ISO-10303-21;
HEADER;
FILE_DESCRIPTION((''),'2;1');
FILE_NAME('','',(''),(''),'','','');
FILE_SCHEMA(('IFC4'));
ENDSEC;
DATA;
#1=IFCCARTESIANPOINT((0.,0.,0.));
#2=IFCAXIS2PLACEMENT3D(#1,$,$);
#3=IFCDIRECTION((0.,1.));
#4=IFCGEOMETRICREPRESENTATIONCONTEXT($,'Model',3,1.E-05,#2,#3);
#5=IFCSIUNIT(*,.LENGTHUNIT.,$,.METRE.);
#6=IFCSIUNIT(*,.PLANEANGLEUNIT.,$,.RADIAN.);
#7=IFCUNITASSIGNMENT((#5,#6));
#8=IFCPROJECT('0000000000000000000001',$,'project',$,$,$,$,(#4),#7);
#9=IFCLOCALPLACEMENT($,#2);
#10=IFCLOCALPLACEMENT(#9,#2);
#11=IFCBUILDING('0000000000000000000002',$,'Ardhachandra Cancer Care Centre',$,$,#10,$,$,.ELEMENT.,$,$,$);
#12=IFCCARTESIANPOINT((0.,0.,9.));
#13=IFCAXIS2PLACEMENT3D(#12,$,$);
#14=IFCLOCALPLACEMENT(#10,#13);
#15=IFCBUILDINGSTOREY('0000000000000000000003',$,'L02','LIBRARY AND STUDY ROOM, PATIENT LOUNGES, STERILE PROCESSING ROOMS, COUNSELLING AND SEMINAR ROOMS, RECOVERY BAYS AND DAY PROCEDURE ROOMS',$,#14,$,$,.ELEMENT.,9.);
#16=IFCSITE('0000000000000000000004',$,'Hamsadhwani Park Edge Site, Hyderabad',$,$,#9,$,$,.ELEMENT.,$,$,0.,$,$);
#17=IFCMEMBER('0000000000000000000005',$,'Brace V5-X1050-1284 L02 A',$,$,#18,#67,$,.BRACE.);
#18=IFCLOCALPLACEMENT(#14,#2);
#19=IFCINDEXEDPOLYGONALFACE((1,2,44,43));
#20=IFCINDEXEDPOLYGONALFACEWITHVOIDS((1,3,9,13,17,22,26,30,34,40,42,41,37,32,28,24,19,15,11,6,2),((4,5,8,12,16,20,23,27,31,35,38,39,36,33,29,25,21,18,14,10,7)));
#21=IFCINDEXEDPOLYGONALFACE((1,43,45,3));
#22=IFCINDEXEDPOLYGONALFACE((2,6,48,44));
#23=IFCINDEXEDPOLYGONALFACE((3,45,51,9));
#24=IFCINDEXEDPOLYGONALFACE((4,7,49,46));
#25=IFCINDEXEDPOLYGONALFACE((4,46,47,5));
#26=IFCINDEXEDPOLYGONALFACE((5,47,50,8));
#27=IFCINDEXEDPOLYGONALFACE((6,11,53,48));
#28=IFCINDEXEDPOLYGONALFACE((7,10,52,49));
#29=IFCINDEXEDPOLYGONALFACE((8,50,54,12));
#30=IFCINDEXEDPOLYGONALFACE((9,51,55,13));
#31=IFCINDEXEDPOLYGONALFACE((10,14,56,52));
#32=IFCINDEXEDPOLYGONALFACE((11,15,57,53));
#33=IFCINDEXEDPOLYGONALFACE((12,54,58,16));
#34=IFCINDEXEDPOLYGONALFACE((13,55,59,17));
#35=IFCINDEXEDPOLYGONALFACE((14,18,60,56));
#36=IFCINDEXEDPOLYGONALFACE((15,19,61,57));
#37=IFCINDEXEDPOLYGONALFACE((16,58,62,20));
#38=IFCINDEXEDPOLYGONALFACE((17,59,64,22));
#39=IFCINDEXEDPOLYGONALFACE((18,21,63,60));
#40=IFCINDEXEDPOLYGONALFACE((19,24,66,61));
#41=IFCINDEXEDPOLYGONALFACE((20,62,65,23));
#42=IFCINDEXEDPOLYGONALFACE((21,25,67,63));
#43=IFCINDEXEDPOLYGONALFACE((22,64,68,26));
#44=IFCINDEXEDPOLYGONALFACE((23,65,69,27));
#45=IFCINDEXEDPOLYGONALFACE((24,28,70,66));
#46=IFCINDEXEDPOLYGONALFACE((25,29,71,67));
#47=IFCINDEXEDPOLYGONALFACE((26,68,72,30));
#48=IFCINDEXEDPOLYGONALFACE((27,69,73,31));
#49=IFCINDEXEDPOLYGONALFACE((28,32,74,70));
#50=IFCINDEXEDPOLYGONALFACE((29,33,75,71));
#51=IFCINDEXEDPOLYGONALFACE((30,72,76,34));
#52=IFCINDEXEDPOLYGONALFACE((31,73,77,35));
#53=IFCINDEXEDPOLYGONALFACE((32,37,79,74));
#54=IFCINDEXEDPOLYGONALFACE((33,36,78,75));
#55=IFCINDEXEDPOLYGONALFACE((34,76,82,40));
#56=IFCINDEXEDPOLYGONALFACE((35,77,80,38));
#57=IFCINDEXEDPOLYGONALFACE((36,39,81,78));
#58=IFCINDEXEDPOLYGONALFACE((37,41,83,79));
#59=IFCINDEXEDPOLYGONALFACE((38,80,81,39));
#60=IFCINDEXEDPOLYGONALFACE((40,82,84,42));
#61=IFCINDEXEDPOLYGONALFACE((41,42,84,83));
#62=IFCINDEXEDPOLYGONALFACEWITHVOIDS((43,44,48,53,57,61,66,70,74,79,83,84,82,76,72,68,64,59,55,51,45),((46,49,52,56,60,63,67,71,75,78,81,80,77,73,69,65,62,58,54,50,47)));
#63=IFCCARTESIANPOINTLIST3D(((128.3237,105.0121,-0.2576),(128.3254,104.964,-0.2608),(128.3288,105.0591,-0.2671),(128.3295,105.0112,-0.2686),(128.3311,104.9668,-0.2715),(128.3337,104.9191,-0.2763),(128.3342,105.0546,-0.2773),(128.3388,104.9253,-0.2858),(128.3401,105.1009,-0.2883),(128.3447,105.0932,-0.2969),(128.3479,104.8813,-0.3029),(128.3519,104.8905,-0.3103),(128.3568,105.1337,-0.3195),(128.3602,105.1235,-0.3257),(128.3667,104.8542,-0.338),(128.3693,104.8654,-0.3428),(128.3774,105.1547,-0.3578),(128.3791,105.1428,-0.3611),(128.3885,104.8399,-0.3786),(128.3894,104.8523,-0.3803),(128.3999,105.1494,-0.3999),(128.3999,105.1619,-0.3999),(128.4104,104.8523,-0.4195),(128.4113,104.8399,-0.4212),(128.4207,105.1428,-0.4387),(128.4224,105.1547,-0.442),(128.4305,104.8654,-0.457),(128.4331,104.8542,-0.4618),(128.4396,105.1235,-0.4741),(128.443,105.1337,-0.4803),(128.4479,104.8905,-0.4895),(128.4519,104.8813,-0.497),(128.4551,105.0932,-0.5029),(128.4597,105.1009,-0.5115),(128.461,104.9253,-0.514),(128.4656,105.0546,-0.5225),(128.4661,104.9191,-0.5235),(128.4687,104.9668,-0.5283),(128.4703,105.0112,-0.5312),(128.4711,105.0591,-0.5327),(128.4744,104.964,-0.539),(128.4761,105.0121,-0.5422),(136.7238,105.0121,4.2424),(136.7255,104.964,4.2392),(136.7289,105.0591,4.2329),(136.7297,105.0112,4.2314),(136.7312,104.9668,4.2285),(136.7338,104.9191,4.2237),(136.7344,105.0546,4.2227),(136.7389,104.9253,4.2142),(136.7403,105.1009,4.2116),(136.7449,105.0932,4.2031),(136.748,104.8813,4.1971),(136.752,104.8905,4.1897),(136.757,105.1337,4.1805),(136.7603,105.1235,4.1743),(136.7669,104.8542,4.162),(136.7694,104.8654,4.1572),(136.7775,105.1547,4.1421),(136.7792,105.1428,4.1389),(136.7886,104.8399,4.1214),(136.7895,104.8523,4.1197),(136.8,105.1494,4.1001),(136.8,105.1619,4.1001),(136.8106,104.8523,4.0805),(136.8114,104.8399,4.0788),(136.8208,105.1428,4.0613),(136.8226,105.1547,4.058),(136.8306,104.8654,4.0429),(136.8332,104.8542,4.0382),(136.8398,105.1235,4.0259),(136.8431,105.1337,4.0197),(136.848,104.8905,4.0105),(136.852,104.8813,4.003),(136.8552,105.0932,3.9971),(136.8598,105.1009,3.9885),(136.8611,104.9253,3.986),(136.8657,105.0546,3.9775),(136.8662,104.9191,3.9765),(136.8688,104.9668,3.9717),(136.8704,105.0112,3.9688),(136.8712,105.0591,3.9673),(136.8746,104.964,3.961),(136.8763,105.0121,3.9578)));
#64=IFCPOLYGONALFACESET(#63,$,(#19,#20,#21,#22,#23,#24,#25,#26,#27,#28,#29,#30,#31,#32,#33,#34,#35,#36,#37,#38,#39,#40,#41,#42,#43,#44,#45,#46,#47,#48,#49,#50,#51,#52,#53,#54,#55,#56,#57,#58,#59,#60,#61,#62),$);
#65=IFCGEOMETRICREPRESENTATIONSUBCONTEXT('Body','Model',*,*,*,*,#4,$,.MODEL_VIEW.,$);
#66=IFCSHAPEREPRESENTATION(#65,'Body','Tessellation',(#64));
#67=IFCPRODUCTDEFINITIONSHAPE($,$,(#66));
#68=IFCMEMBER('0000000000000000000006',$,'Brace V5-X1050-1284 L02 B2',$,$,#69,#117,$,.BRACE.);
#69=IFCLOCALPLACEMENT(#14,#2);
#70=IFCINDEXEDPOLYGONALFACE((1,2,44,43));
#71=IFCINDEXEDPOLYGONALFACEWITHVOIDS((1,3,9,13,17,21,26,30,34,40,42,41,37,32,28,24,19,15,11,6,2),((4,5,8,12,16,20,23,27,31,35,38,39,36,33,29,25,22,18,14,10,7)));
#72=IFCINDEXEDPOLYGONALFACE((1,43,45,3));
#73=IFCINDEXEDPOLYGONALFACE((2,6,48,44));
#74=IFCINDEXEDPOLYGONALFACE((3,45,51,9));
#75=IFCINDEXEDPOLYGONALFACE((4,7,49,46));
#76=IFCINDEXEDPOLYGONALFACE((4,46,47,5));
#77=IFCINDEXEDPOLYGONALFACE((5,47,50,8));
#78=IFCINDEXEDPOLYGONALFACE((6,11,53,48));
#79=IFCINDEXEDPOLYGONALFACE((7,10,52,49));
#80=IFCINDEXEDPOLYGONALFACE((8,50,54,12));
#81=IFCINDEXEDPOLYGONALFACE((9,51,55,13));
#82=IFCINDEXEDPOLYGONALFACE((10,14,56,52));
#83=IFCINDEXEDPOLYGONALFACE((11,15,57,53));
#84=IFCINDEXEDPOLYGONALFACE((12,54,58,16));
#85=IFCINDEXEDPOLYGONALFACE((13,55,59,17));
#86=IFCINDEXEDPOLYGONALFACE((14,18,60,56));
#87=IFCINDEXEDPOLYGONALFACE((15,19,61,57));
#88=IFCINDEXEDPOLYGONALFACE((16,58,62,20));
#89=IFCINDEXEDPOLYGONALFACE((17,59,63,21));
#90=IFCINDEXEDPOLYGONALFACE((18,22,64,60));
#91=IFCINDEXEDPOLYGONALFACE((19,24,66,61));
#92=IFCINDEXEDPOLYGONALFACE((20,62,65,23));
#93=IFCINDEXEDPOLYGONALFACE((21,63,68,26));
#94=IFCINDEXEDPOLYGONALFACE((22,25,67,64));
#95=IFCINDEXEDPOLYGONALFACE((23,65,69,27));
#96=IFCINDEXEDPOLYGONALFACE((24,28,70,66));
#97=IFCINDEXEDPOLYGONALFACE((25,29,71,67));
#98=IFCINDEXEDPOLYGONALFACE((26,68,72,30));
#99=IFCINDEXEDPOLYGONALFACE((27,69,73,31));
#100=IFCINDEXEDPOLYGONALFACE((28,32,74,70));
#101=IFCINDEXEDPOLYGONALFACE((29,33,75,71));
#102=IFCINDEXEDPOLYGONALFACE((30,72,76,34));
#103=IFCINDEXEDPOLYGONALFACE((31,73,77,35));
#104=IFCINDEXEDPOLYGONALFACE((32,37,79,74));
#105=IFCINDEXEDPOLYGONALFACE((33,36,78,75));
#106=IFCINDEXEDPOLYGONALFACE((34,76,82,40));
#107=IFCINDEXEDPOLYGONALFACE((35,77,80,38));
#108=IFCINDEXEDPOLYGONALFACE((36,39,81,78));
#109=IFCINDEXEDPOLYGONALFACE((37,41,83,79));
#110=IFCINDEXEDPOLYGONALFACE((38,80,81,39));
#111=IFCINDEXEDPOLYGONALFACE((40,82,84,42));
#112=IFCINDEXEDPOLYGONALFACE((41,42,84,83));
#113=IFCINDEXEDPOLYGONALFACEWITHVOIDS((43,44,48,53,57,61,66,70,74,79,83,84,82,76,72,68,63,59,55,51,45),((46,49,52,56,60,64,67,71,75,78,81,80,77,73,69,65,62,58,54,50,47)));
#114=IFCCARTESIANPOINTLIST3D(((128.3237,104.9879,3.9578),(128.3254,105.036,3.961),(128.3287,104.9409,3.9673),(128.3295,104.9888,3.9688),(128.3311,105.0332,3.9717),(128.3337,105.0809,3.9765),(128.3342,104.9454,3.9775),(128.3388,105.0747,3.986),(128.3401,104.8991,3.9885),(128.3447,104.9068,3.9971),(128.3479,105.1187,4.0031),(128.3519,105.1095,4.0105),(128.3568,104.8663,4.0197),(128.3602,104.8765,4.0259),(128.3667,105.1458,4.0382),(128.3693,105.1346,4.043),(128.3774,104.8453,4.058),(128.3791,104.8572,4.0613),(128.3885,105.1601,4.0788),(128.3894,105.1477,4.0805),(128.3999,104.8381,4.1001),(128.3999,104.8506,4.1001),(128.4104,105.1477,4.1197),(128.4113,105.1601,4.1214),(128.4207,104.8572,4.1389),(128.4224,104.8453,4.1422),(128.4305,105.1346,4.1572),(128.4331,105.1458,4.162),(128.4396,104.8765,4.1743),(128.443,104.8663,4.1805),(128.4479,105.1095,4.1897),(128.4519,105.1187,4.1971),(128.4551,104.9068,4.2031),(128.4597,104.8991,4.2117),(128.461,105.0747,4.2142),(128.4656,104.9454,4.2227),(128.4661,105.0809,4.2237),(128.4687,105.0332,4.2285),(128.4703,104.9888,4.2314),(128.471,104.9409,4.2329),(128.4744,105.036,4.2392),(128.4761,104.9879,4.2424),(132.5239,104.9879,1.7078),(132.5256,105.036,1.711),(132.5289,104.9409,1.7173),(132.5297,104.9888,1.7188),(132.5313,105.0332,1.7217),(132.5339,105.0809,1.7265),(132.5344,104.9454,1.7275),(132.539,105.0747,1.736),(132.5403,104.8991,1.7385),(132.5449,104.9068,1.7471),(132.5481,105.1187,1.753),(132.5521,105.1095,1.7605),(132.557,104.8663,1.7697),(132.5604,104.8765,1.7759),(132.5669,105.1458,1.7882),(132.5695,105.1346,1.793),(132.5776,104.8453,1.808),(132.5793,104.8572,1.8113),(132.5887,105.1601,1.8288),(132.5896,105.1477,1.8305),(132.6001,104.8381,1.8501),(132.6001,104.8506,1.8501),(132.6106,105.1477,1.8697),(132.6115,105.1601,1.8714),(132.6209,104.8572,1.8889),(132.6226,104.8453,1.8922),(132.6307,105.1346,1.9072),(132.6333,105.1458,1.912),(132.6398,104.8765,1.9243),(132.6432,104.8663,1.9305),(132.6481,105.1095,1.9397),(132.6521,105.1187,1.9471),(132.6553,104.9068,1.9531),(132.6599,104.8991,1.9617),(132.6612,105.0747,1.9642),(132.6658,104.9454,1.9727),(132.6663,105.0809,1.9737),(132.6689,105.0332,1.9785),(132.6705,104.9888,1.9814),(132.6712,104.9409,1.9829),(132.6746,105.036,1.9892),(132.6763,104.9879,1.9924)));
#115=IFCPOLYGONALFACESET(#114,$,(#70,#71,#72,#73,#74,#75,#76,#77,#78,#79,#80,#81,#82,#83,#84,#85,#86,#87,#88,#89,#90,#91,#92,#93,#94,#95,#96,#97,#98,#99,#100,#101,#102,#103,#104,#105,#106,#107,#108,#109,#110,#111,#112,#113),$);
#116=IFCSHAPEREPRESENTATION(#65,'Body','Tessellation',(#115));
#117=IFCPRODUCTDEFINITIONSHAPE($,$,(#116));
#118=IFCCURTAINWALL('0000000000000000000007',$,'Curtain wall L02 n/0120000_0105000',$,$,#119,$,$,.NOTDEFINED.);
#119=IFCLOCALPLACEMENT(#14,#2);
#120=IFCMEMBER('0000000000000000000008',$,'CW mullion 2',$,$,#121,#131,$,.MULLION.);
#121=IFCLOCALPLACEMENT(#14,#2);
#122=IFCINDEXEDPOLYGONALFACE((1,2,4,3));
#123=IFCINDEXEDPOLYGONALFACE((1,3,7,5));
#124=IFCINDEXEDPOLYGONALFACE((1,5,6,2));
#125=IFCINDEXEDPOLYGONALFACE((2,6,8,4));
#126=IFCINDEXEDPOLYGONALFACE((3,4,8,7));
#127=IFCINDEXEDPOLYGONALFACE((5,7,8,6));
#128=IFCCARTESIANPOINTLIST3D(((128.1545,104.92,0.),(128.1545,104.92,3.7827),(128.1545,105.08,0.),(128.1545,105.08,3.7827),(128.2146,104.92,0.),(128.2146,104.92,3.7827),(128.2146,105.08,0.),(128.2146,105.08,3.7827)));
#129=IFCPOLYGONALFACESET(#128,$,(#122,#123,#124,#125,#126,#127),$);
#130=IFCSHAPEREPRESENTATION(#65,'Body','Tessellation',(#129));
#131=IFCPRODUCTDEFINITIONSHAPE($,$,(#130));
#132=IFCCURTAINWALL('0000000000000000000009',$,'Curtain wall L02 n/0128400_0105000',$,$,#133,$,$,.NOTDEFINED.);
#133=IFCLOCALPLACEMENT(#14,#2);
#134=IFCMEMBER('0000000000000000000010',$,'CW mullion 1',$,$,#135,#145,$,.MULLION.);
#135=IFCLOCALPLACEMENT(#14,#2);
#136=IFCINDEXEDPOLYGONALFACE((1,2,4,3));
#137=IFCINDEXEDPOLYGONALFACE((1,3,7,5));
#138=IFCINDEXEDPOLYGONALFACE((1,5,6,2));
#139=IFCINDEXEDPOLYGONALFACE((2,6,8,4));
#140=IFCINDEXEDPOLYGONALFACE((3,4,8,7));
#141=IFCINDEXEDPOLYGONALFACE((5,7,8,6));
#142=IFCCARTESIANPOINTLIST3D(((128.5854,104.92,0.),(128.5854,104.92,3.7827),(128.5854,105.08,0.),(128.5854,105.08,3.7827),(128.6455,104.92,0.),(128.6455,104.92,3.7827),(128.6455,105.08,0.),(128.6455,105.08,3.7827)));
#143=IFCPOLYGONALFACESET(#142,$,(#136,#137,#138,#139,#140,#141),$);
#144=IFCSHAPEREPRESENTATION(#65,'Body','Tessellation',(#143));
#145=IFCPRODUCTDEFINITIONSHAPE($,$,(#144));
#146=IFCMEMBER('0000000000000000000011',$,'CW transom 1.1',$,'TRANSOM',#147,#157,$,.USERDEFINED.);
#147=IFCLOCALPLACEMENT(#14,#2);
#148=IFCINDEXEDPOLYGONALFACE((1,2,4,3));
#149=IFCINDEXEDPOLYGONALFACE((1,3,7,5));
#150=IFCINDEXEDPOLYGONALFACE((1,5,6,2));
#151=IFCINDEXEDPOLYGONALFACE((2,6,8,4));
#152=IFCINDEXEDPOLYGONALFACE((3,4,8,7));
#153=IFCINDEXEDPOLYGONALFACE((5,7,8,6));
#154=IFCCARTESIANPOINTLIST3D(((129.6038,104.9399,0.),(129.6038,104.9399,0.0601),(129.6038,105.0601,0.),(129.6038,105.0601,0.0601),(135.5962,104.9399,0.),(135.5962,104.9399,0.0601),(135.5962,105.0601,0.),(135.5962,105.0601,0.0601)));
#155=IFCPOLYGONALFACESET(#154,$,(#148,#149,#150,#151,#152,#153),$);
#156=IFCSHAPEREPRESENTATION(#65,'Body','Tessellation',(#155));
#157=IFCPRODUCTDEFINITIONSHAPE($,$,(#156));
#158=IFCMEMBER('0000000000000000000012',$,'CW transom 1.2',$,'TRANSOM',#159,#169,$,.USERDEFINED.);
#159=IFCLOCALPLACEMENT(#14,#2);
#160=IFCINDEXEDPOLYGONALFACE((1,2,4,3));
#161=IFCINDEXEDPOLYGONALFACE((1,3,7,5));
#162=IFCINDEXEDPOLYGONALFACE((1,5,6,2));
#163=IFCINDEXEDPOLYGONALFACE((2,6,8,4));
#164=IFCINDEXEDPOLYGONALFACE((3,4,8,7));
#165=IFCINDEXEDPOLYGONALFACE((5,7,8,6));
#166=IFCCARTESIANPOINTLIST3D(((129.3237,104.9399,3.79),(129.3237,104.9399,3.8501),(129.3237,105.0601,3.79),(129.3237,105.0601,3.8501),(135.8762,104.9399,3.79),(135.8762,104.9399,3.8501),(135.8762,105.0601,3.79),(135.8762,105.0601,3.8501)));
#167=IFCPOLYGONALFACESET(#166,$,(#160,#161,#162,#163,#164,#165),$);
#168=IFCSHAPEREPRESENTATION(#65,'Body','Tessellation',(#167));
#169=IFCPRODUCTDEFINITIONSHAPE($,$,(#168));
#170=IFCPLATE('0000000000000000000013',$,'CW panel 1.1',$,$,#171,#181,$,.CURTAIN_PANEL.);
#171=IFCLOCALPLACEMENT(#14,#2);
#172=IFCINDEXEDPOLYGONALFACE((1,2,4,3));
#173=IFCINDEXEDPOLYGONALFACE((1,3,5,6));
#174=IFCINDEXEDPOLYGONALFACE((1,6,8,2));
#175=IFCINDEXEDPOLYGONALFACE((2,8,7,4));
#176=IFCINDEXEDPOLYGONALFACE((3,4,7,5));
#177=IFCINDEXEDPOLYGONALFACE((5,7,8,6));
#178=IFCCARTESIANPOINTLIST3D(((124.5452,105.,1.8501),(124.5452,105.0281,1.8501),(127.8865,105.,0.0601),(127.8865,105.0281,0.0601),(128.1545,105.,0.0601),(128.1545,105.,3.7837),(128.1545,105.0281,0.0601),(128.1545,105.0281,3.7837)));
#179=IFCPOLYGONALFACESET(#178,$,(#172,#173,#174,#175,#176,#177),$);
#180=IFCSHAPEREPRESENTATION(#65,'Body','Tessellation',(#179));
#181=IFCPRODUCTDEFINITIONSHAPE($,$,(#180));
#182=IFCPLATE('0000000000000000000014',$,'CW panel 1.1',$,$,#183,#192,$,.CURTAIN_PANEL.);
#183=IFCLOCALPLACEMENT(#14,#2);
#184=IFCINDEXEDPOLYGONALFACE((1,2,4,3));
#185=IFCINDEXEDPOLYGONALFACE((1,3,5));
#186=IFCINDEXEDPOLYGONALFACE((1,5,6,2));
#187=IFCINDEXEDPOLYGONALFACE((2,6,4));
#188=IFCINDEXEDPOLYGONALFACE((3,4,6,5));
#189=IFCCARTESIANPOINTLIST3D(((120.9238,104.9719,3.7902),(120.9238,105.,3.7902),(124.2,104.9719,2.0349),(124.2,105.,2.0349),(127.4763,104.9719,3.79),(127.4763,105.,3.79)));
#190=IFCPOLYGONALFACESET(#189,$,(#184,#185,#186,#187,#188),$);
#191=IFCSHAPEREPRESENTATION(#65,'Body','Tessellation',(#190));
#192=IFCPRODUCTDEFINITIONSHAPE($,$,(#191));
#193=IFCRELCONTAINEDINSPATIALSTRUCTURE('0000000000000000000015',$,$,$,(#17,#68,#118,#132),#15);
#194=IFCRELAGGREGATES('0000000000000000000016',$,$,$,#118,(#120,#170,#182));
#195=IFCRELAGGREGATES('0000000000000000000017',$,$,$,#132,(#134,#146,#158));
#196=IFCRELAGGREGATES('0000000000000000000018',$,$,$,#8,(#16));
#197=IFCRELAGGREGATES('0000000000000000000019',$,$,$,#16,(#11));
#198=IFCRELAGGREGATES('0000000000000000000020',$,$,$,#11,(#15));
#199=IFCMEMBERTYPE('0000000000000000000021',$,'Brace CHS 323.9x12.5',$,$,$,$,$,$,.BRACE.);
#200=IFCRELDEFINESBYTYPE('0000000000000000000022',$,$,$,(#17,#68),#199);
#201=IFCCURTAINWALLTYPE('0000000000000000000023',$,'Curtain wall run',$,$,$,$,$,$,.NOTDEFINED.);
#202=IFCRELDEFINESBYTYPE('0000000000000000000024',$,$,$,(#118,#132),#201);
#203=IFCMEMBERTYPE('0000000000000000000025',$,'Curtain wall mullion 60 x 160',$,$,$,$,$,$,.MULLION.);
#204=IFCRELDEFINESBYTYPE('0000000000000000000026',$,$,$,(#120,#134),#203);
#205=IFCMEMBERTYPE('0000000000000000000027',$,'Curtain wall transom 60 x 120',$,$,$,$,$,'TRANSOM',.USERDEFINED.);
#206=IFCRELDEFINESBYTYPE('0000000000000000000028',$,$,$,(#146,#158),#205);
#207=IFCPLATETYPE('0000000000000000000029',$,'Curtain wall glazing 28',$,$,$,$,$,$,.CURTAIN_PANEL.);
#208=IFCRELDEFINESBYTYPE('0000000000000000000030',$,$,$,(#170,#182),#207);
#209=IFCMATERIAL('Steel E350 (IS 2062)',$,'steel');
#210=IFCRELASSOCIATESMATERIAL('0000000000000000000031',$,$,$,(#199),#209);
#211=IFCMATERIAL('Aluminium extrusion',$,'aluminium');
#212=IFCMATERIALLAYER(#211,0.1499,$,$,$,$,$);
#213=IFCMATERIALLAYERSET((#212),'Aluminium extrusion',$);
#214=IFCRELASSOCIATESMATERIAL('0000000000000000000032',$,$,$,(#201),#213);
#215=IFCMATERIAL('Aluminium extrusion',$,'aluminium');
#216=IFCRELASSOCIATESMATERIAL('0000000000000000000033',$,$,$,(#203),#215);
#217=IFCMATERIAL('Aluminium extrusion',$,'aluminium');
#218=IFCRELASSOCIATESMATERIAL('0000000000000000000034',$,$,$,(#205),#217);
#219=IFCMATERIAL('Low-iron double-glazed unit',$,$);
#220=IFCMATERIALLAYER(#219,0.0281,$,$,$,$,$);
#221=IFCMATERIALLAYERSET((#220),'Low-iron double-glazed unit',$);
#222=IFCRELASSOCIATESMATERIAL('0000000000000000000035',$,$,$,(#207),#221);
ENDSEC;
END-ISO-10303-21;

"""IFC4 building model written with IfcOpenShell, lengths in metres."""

from ifc_helpers import new_model, si_unit, direction, frame, origin, origin_2d, place, context, subcontext, project, spatial, polyline, rectangle, hollow_circle, outline, extrude, material, layer, layer_set, material_profile, profile_set, type_object, element, aggregate, save


model = new_model("IFC4")

# Units and contexts
model_context = context("Model", 3, precision=1e-05, world=origin(), true_north=direction((0.0, 1.0)))
body_context = subcontext(model_context, "Body", "Model", "MODEL_VIEW")
ifc_project = project(units=[si_unit("LENGTHUNIT", "METRE"), si_unit("PLANEANGLEUNIT", "RADIAN")], contexts=[model_context])

# Site, building, storey
site_placement = place(None, origin())
site = spatial("IfcSite", under=ifc_project, at=site_placement, Name="Hamsadhwani Park Edge Site, Hyderabad", CompositionType="ELEMENT", RefElevation=0.0)
building_placement = place(site_placement, origin())
building = spatial("IfcBuilding", under=site, at=building_placement, Name="Ardhachandra Cancer Care Centre", CompositionType="ELEMENT")
storey_placement = place(building_placement, frame((0.0, 0.0, 9.0)))
storey = spatial("IfcBuildingStorey", under=building, at=storey_placement, Name="L02", Description="LIBRARY AND STUDY ROOM, PATIENT LOUNGES, STERILE PROCESSING ROOMS, COUNSELLING AND SEMINAR ROOMS, RECOVERY BAYS AND DAY PROCEDURE ROOMS", CompositionType="ELEMENT", Elevation=9.0)

# Members
ifc_material_1 = material(Name="Steel E350 (IS 2062)", Category="steel")
ifc_material_profile_1 = material_profile(ifc_material_1, hollow_circle(Radius=0.1619, WallThickness=0.0125, at=origin_2d()), Name="CHS 323.9x12.5")
ifc_profile_set_1 = profile_set([ifc_material_profile_1], Name="Steel E350 (IS 2062)")
member_type_1 = type_object("IfcMemberType", Name="Brace CHS 323.9x12.5", PredefinedType="BRACE", material=ifc_profile_set_1)
member_1_placement = place(storey_placement, frame((128.3999, 105.0, -0.3999), z_axis=(0.881483, 0.0, 0.472215), x_axis=(0.0, 1.0, 0.0)))
element("IfcMember", 1, at=member_1_placement, inside=storey, type_object=member_type_1, Name="Brace V5-X1050-1284 L02 A", PredefinedType="BRACE", context=body_context, shape_type="SweptSolid", body=[
    extrude(hollow_circle(Radius=0.1619, WallThickness=0.0125, at=origin_2d()), origin(), (0.0, 0.0, 1.0), 9.5295),
])
member_2_placement = place(storey_placement, frame((132.6001, 105.0, 1.8501), z_axis=(-0.881489, 0.0, 0.472204), x_axis=(0.0, -1.0, 0.0)))
element("IfcMember", 2, at=member_2_placement, inside=storey, type_object=member_type_1, Name="Brace V5-X1050-1284 L02 B2", PredefinedType="BRACE", context=body_context, shape_type="SweptSolid", body=[
    extrude(hollow_circle(Radius=0.1619, WallThickness=0.0125, at=origin_2d()), origin(), (0.0, 0.0, 1.0), 4.7649),
])

# Curtain wall, member
ifc_material_2 = material(Name="Aluminium extrusion", Category="aluminium")
ifc_layer_1 = layer(ifc_material_2, 0.1499)
ifc_layer_set_1 = layer_set([ifc_layer_1], Name="Aluminium extrusion")
curtain_wall_type = type_object("IfcCurtainWallType", Name="Curtain wall run", PredefinedType="NOTDEFINED", material=ifc_layer_set_1)
curtain_wall_1_placement = place(storey_placement, origin())
curtain_wall_1 = element("IfcCurtainWall", 3, at=curtain_wall_1_placement, inside=storey, type_object=curtain_wall_type, Name="Curtain wall L02 n/0120000_0105000", PredefinedType="NOTDEFINED")
ifc_material_3 = material(Name="Aluminium extrusion", Category="aluminium")
ifc_material_profile_2 = material_profile(ifc_material_3, rectangle(XDim=0.1599, YDim=0.0601, at=origin_2d()), Name="Curtain wall mullion 60 x 160")
ifc_profile_set_2 = profile_set([ifc_material_profile_2], Name="Aluminium extrusion")
member_type_2 = type_object("IfcMemberType", Name="Curtain wall mullion 60 x 160", PredefinedType="MULLION", material=ifc_profile_set_2)
member_3_placement = place(storey_placement, frame((128.1846, 105.0, 0.0), z_axis=(0.0, 0.0, 1.0), x_axis=(0.0, 1.0, 0.0)))
member_3 = element("IfcMember", 4, at=member_3_placement, type_object=member_type_2, Name="CW mullion 2", PredefinedType="MULLION", context=body_context, shape_type="SweptSolid", body=[
    extrude(rectangle(XDim=0.1599, YDim=0.0601, at=origin_2d()), origin(), (0.0, 0.0, 1.0), 3.7827),
])

# Curtain wall, members
curtain_wall_2_placement = place(storey_placement, origin())
curtain_wall_2 = element("IfcCurtainWall", 5, at=curtain_wall_2_placement, inside=storey, type_object=curtain_wall_type, Name="Curtain wall L02 n/0128400_0105000", PredefinedType="NOTDEFINED")
member_4_placement = place(storey_placement, frame((128.6155, 105.0, 0.0), z_axis=(0.0, 0.0, 1.0), x_axis=(0.0, 1.0, 0.0)))
member_4 = element("IfcMember", 6, at=member_4_placement, type_object=member_type_2, Name="CW mullion 1", PredefinedType="MULLION", context=body_context, shape_type="SweptSolid", body=[
    extrude(rectangle(XDim=0.1599, YDim=0.0601, at=origin_2d()), origin(), (0.0, 0.0, 1.0), 3.7827),
])
ifc_material_4 = material(Name="Aluminium extrusion", Category="aluminium")
ifc_material_profile_3 = material_profile(ifc_material_4, rectangle(XDim=0.1201, YDim=0.0601, at=origin_2d()), Name="Curtain wall transom 60 x 120")
ifc_profile_set_3 = profile_set([ifc_material_profile_3], Name="Aluminium extrusion")
member_type_3 = type_object("IfcMemberType", Name="Curtain wall transom 60 x 120", ElementType="TRANSOM", PredefinedType="USERDEFINED", material=ifc_profile_set_3)
member_5_placement = place(storey_placement, frame((129.6038, 105.0, 0.03), z_axis=(1.0, 0.0, 0.0), x_axis=(0.0, 1.0, 0.0)))
member_5 = element("IfcMember", 7, at=member_5_placement, type_object=member_type_3, Name="CW transom 1.1", ObjectType="TRANSOM", PredefinedType="USERDEFINED", context=body_context, shape_type="SweptSolid", body=[
    extrude(rectangle(XDim=0.1201, YDim=0.0601, at=origin_2d()), origin(), (0.0, 0.0, 1.0), 5.9924),
])
member_6_placement = place(storey_placement, frame((129.3237, 105.0, 3.8201), z_axis=(1.0, 0.0, 0.0), x_axis=(0.0, 1.0, 0.0)))
member_6 = element("IfcMember", 8, at=member_6_placement, type_object=member_type_3, Name="CW transom 1.2", ObjectType="TRANSOM", PredefinedType="USERDEFINED", context=body_context, shape_type="SweptSolid", body=[
    extrude(rectangle(XDim=0.1201, YDim=0.0601, at=origin_2d()), origin(), (0.0, 0.0, 1.0), 6.5525),
])

# Plates
ifc_material_5 = material(Name="Low-iron double-glazed unit")
ifc_layer_2 = layer(ifc_material_5, 0.0281)
ifc_layer_set_2 = layer_set([ifc_layer_2], Name="Low-iron double-glazed unit")
plate_type = type_object("IfcPlateType", Name="Curtain wall glazing 28", PredefinedType="CURTAIN_PANEL", material=ifc_layer_set_2)
plate_1_placement = place(storey_placement, frame((128.1545, 105.0, 0.0601), z_axis=(0.0, 1.0, 0.0), x_axis=(-1.0, 0.0, 0.0)))
plate_1 = element("IfcPlate", 9, at=plate_1_placement, type_object=plate_type, Name="CW panel 1.1", PredefinedType="CURTAIN_PANEL", context=body_context, shape_type="SweptSolid", body=[
    extrude(outline(polyline([(0.0, 0.0), (0.2681, 0.0), (3.6094, 1.79), (0.0, 3.7236), (0.0, 0.0)])), origin(), (0.0, 0.0, 1.0), 0.0281),
])
plate_2_placement = place(storey_placement, frame((127.4763, 105.0, 3.79), z_axis=(0.0, 1.0, 0.0), x_axis=(-0.881488, 0.0, -0.472207)))
plate_2 = element("IfcPlate", 10, at=plate_2_placement, type_object=plate_type, Name="CW panel 1.1", PredefinedType="CURTAIN_PANEL", context=body_context, shape_type="SweptSolid", body=[
    extrude(outline(polyline([(0.0, 0.0), (3.7168, 0.0), (5.7759, 3.0942), (0.0, 0.0)])), frame((0.0, 0.0, -0.0281)), (0.0, 0.0, 1.0), 0.0281),
])
aggregate(curtain_wall_1, [member_3, plate_1, plate_2])
aggregate(curtain_wall_2, [member_4, member_5, member_6])

save(model, "model.ifc")
